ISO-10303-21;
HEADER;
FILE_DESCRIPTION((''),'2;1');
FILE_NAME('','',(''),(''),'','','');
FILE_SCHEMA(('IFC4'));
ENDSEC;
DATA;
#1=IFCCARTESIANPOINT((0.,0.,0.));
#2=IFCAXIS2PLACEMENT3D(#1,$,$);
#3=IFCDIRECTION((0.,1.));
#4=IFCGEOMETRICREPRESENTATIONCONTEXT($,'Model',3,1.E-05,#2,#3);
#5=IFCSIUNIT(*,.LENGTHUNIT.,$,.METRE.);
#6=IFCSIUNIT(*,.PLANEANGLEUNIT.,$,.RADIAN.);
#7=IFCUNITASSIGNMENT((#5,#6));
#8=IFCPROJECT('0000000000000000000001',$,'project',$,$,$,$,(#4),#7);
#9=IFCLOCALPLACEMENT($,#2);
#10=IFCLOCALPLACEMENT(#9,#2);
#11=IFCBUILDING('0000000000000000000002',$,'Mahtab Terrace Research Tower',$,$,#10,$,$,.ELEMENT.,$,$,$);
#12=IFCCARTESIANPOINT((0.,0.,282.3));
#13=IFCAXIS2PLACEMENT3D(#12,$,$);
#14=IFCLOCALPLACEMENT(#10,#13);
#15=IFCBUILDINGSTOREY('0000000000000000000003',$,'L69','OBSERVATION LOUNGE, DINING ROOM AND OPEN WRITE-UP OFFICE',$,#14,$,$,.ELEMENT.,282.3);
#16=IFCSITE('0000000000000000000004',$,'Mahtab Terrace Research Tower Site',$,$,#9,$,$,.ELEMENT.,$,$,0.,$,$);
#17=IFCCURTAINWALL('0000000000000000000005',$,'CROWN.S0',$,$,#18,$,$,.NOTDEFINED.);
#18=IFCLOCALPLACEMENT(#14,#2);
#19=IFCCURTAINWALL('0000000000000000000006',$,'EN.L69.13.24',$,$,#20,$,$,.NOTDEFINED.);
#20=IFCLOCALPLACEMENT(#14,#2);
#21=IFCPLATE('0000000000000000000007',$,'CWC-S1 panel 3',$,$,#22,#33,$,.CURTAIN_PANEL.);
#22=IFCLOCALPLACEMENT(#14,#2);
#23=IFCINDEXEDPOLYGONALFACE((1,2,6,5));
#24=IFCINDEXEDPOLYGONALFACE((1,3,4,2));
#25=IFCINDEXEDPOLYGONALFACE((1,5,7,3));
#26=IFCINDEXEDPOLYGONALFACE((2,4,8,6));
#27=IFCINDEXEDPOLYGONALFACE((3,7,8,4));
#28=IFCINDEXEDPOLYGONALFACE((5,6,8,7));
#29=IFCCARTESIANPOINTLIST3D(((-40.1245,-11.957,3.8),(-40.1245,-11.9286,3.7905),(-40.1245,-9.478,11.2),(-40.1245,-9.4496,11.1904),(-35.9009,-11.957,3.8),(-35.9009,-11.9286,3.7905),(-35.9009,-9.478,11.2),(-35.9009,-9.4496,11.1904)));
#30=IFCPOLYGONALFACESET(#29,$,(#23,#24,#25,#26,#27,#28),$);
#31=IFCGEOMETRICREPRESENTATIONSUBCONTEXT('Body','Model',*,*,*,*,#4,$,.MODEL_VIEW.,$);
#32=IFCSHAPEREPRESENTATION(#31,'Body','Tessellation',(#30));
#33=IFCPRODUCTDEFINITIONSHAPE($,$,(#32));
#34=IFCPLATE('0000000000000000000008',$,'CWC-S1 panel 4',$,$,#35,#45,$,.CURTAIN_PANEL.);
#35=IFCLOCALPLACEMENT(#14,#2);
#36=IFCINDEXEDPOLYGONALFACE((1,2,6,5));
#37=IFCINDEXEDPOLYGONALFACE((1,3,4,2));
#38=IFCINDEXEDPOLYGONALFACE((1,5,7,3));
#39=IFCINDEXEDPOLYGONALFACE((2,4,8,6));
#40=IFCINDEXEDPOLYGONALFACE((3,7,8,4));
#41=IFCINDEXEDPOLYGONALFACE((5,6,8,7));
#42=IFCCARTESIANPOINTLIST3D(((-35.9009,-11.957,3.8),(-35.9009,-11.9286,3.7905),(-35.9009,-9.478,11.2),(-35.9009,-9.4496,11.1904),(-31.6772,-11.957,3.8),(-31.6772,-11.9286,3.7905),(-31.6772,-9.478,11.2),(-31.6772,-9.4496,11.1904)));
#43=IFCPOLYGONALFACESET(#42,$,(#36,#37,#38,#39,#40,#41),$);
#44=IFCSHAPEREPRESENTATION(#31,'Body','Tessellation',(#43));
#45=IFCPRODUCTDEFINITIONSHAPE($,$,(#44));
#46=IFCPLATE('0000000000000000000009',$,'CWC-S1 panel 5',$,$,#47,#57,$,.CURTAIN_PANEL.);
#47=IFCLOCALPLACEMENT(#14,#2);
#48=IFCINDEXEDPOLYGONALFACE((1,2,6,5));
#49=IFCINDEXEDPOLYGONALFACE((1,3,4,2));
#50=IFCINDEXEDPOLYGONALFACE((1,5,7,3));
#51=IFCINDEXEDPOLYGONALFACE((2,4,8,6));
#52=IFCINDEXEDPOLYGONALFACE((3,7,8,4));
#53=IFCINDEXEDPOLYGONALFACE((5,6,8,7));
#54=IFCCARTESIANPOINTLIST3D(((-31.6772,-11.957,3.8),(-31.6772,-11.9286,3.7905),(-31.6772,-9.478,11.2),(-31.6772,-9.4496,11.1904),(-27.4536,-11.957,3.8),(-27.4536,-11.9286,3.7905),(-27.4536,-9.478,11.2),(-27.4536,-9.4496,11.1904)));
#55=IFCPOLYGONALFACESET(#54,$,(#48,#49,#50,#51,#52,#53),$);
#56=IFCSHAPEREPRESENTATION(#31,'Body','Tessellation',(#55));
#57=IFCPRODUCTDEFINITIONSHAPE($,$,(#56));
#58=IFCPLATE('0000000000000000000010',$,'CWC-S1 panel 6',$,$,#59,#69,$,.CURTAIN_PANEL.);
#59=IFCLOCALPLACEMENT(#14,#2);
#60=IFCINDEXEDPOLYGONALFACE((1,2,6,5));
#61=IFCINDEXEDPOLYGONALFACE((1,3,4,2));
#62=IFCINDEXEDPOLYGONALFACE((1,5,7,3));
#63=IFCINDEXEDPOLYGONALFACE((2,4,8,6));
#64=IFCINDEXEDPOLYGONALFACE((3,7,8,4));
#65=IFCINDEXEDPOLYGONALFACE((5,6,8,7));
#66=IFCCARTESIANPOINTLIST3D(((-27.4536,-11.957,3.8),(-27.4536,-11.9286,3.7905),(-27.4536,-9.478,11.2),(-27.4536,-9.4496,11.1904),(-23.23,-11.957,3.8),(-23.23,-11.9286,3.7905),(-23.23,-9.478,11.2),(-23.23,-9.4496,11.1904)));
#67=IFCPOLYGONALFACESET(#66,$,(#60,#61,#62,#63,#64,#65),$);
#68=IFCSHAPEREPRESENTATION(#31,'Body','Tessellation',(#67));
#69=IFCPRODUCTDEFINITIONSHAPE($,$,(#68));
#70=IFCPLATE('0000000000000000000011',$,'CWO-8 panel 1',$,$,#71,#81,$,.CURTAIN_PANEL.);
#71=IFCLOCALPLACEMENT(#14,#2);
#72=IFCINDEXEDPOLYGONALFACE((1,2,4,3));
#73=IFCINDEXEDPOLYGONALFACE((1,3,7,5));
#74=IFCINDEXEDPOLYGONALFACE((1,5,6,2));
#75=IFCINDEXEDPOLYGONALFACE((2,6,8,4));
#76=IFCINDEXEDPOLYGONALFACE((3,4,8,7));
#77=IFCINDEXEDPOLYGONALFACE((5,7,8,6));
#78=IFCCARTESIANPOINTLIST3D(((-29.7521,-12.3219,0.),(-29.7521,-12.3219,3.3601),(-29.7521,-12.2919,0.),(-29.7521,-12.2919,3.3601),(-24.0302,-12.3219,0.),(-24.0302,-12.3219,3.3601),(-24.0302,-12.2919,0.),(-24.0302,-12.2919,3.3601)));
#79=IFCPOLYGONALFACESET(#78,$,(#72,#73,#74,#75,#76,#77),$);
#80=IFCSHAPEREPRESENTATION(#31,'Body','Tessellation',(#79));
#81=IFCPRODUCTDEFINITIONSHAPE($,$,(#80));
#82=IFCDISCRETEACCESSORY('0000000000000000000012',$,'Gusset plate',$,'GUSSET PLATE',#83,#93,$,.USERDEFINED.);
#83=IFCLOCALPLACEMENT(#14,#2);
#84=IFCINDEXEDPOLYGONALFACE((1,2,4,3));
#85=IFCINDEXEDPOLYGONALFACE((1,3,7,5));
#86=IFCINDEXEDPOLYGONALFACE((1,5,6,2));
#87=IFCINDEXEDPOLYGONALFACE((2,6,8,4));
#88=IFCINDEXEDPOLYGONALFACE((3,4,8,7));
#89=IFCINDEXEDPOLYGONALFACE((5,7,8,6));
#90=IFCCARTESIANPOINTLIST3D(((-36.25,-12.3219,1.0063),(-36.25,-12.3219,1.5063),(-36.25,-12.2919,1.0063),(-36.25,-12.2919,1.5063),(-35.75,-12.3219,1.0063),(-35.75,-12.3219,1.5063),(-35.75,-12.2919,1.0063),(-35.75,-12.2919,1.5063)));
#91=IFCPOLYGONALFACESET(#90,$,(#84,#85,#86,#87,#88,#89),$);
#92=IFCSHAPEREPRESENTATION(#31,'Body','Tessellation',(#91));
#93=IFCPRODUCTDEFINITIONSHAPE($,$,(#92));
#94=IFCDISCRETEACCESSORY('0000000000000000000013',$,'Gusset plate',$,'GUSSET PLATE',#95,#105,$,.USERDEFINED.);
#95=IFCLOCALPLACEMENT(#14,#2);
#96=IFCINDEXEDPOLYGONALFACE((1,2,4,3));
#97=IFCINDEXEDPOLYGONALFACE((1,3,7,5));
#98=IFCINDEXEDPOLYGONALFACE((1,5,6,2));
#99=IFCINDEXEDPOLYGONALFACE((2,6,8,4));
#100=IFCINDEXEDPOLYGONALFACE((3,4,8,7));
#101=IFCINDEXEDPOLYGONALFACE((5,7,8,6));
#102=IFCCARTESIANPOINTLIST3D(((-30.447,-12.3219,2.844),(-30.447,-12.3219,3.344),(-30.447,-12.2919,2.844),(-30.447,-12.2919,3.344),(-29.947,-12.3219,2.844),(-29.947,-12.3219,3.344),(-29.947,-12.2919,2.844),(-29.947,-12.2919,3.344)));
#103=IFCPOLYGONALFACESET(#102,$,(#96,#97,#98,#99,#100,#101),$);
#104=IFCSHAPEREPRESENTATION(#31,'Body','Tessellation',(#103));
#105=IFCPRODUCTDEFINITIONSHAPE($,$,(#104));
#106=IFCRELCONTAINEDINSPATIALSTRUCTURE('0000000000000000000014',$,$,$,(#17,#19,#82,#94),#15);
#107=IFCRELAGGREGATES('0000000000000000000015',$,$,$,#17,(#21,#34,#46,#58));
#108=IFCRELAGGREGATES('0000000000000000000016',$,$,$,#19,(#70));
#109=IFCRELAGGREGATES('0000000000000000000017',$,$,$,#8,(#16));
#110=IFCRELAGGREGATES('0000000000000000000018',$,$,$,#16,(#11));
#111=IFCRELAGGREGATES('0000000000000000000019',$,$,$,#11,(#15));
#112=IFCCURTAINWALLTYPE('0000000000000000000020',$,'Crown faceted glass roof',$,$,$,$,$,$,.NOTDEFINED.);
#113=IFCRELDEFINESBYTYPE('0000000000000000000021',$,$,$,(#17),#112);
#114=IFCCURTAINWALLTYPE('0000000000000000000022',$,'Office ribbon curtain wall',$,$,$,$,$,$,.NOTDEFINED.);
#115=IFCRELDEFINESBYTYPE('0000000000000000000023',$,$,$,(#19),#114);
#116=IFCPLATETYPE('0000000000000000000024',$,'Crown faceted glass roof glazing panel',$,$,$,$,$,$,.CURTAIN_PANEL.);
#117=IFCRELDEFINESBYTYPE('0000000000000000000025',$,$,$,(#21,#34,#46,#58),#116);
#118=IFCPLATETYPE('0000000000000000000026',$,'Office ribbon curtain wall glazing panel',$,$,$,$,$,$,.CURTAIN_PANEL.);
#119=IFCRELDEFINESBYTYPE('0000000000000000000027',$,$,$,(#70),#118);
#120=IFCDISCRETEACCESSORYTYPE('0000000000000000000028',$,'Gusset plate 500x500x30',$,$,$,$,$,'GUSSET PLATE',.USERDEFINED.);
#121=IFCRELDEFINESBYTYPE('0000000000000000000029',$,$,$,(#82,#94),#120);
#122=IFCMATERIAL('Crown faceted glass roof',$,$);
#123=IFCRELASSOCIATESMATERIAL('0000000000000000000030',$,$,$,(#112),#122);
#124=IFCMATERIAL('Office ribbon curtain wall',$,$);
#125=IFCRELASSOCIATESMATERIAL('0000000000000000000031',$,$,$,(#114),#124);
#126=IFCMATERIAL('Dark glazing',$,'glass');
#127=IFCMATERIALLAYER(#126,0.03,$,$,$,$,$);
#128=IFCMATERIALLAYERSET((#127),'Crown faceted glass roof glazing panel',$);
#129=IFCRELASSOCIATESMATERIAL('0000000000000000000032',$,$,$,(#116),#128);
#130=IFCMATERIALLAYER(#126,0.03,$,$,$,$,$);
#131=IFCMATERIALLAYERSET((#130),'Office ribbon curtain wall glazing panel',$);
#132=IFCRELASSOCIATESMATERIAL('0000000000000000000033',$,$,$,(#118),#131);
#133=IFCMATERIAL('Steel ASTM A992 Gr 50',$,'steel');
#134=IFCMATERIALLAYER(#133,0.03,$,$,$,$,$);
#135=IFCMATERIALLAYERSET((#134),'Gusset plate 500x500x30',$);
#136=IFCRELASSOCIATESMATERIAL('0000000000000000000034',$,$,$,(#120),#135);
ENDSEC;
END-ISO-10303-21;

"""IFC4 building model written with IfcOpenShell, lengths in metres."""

from ifc_helpers import new_model, si_unit, direction, frame, origin, origin_2d, place, context, subcontext, project, spatial, polyline, rectangle, outline, extrude, material, layer, layer_set, type_object, element, aggregate, save


model = new_model("IFC4")

# Units and contexts
model_context = context("Model", 3, precision=1e-05, world=origin(), true_north=direction((0.0, 1.0)))
body_context = subcontext(model_context, "Body", "Model", "MODEL_VIEW")
ifc_project = project(units=[si_unit("LENGTHUNIT", "METRE"), si_unit("PLANEANGLEUNIT", "RADIAN")], contexts=[model_context])

# Site, building, storey
site_placement = place(None, origin())
site = spatial("IfcSite", under=ifc_project, at=site_placement, Name="Mahtab Terrace Research Tower Site", CompositionType="ELEMENT", RefElevation=0.0)
building_placement = place(site_placement, origin())
building = spatial("IfcBuilding", under=site, at=building_placement, Name="Mahtab Terrace Research Tower", CompositionType="ELEMENT")
storey_placement = place(building_placement, frame((0.0, 0.0, 282.3)))
storey = spatial("IfcBuildingStorey", under=building, at=storey_placement, Name="L69", Description="OBSERVATION LOUNGE, DINING ROOM AND OPEN WRITE-UP OFFICE", CompositionType="ELEMENT", Elevation=282.3)

# Shared definitions
ifc_material_1 = material(Name="Steel ASTM A992 Gr 50", Category="steel")

# Curtain wall
ifc_material_2 = material(Name="Crown faceted glass roof")
curtain_wall_type_1 = type_object("IfcCurtainWallType", Name="Crown faceted glass roof", PredefinedType="NOTDEFINED", material=ifc_material_2)
curtain_wall_1_placement = place(storey_placement, origin())
curtain_wall_1 = element("IfcCurtainWall", 1, at=curtain_wall_1_placement, inside=storey, type_object=curtain_wall_type_1, Name="CROWN.S0", PredefinedType="NOTDEFINED")

# Curtain wall
ifc_material_3 = material(Name="Office ribbon curtain wall")
curtain_wall_type_2 = type_object("IfcCurtainWallType", Name="Office ribbon curtain wall", PredefinedType="NOTDEFINED", material=ifc_material_3)
curtain_wall_2_placement = place(storey_placement, origin())
curtain_wall_2 = element("IfcCurtainWall", 2, at=curtain_wall_2_placement, inside=storey, type_object=curtain_wall_type_2, Name="EN.L69.13.24", PredefinedType="NOTDEFINED")

# Plates
ifc_material_4 = material(Name="Dark glazing", Category="glass")
ifc_layer_1 = layer(ifc_material_4, 0.03)
ifc_layer_set_1 = layer_set([ifc_layer_1], Name="Crown faceted glass roof glazing panel")
plate_type_1 = type_object("IfcPlateType", Name="Crown faceted glass roof glazing panel", PredefinedType="CURTAIN_PANEL", material=ifc_layer_set_1)
plate_1_placement = place(storey_placement, frame((-35.9009, -11.957, 3.8), z_axis=(0.0, -0.948207, 0.317654), x_axis=(0.0, 0.317654, 0.948207)))
plate_1 = element("IfcPlate", 3, at=plate_1_placement, type_object=plate_type_1, Name="CWC-S1 panel 3", PredefinedType="CURTAIN_PANEL", context=body_context, shape_type="SweptSolid", body=[
    extrude(outline(polyline([(0.0, 0.0), (7.8041, 0.0), (7.8041, 4.2236), (0.0, 4.2236), (0.0, 0.0)])), origin(), (0.0, 0.0, -1.0), 0.03),
])
plate_2_placement = place(storey_placement, frame((-31.6772, -11.957, 3.8), z_axis=(0.0, -0.948207, 0.317654), x_axis=(0.0, 0.317654, 0.948207)))
plate_2 = element("IfcPlate", 4, at=plate_2_placement, type_object=plate_type_1, Name="CWC-S1 panel 4", PredefinedType="CURTAIN_PANEL", context=body_context, shape_type="SweptSolid", body=[
    extrude(outline(polyline([(0.0, 0.0), (7.8041, 0.0), (7.8041, 4.2236), (0.0, 4.2236), (0.0, 0.0)])), origin(), (0.0, 0.0, -1.0), 0.03),
])
plate_3_placement = place(storey_placement, frame((-27.4536, -11.957, 3.8), z_axis=(0.0, -0.948207, 0.317654), x_axis=(0.0, 0.317654, 0.948207)))
plate_3 = element("IfcPlate", 5, at=plate_3_placement, type_object=plate_type_1, Name="CWC-S1 panel 5", PredefinedType="CURTAIN_PANEL", context=body_context, shape_type="SweptSolid", body=[
    extrude(outline(polyline([(0.0, 0.0), (7.8041, 0.0), (7.8041, 4.2236), (0.0, 4.2236), (0.0, 0.0)])), origin(), (0.0, 0.0, -1.0), 0.03),
])
plate_4_placement = place(storey_placement, frame((-23.23, -11.957, 3.8), z_axis=(0.0, -0.948207, 0.317654), x_axis=(0.0, 0.317654, 0.948207)))
plate_4 = element("IfcPlate", 6, at=plate_4_placement, type_object=plate_type_1, Name="CWC-S1 panel 6", PredefinedType="CURTAIN_PANEL", context=body_context, shape_type="SweptSolid", body=[
    extrude(outline(polyline([(0.0, 0.0), (7.8041, 0.0), (7.8041, 4.2236), (0.0, 4.2236), (0.0, 0.0)])), origin(), (0.0, 0.0, -1.0), 0.03),
])
aggregate(curtain_wall_1, [plate_1, plate_2, plate_3, plate_4])
ifc_layer_2 = layer(ifc_material_4, 0.03)
ifc_layer_set_2 = layer_set([ifc_layer_2], Name="Office ribbon curtain wall glazing panel")
plate_type_2 = type_object("IfcPlateType", Name="Office ribbon curtain wall glazing panel", PredefinedType="CURTAIN_PANEL", material=ifc_layer_set_2)
plate_5_placement = place(storey_placement, frame((-26.8911, -12.3069, 0.0), z_axis=(0.0, 0.0, 1.0), x_axis=(1.0, 0.0, 0.0)))
plate_5 = element("IfcPlate", 7, at=plate_5_placement, type_object=plate_type_2, Name="CWO-8 panel 1", PredefinedType="CURTAIN_PANEL", context=body_context, shape_type="SweptSolid", body=[
    extrude(rectangle(XDim=5.7219, YDim=0.03, at=origin_2d()), origin(), (0.0, 0.0, 1.0), 3.3601),
])
aggregate(curtain_wall_2, [plate_5])

# Discrete accessories
ifc_layer_3 = layer(ifc_material_1, 0.03)
ifc_layer_set_3 = layer_set([ifc_layer_3], Name="Gusset plate 500x500x30")
discrete_accessory_type = type_object("IfcDiscreteAccessoryType", Name="Gusset plate 500x500x30", ElementType="GUSSET PLATE", PredefinedType="USERDEFINED", material=ifc_layer_set_3)
for number, where, z_axis, x_axis, name in (
    (8, (-36.0, -12.3069, 1.0063), (0.0, 0.0, 1.0), (1.0, 0.0, 0.0), "Gusset plate"),
    (9, (-30.197, -12.3069, 2.844), (0.0, 0.0, 1.0), (1.0, 0.0, 0.0), "Gusset plate"),
):
    element("IfcDiscreteAccessory", number, at=place(storey_placement, frame(where, z_axis=z_axis, x_axis=x_axis)), inside=storey, type_object=discrete_accessory_type, Name=name, ObjectType="GUSSET PLATE", PredefinedType="USERDEFINED", context=body_context, shape_type="SweptSolid", body=[
        extrude(rectangle(XDim=0.5, YDim=0.03, at=origin_2d()), origin(), (0.0, 0.0, 1.0), 0.5),
    ])

save(model, "model.ifc")
